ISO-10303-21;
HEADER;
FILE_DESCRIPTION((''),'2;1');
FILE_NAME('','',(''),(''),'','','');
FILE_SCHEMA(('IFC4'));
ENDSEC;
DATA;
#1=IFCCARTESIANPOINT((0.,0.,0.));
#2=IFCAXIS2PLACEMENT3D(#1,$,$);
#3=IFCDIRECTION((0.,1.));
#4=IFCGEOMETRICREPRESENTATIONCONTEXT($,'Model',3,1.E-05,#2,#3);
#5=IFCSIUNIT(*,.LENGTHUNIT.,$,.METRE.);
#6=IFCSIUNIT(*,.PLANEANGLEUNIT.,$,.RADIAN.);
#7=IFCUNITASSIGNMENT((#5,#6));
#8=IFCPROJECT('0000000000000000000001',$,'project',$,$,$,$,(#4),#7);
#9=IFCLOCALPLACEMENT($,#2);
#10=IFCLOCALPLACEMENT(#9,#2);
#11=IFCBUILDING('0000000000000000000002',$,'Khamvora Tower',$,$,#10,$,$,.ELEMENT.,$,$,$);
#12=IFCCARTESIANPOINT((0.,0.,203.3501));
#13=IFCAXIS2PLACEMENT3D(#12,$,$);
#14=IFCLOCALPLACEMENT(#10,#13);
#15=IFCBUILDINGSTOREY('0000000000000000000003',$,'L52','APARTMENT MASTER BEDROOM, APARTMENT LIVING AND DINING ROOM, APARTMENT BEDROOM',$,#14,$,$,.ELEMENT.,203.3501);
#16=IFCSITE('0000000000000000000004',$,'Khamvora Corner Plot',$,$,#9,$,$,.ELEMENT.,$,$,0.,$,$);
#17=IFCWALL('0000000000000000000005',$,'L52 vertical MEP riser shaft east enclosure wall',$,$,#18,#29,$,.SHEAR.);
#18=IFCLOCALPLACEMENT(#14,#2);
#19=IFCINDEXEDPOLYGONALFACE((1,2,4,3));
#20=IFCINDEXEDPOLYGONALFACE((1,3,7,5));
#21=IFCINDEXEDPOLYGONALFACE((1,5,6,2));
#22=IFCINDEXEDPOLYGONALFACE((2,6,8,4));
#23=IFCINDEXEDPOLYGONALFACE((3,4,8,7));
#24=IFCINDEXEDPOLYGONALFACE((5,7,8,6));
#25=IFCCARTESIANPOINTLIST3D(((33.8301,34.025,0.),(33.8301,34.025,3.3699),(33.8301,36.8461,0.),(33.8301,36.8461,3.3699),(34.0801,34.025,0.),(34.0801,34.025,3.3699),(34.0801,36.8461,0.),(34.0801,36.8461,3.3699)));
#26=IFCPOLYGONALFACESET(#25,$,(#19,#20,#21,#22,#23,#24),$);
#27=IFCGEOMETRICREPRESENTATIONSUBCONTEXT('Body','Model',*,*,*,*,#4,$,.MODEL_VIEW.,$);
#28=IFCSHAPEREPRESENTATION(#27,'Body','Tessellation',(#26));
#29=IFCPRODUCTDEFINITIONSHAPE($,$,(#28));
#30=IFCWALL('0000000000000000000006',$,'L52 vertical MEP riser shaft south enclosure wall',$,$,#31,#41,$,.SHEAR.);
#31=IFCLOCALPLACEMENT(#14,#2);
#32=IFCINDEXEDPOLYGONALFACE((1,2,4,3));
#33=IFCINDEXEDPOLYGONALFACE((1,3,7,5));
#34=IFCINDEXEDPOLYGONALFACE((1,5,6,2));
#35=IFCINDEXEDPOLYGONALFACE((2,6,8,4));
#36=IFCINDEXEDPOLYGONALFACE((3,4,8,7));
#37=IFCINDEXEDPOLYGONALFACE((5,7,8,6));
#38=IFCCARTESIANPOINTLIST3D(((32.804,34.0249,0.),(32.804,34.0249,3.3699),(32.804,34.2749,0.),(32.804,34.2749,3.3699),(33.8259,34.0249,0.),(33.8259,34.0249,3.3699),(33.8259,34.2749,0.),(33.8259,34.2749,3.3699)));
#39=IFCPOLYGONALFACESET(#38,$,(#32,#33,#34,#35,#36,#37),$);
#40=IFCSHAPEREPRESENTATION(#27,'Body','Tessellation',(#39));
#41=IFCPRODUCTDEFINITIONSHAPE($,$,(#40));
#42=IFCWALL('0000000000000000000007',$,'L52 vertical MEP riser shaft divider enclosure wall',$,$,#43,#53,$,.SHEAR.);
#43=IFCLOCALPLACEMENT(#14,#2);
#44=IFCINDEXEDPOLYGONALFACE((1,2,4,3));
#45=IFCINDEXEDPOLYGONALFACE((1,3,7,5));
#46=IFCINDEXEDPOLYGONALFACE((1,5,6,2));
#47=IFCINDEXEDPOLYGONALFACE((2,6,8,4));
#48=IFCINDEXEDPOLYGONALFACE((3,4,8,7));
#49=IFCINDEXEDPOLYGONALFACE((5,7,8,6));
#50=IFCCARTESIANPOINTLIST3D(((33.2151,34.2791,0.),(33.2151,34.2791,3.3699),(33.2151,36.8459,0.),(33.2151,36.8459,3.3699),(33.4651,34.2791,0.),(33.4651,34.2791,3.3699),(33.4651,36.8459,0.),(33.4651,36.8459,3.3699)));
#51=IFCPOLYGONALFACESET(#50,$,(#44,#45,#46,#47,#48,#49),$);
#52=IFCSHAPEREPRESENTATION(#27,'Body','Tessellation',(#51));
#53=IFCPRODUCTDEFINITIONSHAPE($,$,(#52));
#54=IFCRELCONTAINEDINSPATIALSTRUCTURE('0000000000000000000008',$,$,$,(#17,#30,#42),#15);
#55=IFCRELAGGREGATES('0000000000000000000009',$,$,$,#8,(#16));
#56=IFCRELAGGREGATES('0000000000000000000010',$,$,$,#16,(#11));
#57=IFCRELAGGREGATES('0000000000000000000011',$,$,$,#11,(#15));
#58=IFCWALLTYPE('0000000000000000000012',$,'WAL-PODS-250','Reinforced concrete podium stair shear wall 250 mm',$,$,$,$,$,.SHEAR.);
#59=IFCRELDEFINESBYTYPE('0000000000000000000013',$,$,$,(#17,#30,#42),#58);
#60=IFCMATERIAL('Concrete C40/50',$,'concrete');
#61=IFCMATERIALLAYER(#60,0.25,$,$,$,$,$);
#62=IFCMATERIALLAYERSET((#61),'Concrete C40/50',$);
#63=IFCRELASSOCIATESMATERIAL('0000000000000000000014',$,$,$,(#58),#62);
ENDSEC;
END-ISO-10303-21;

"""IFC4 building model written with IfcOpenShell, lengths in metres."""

from ifc_helpers import new_model, si_unit, direction, frame, frame_2d, origin, place, context, subcontext, project, spatial, rectangle, extrude, material, layer, layer_set, type_object, element, save


model = new_model("IFC4")

# Units and contexts
model_context = context("Model", 3, precision=1e-05, world=origin(), true_north=direction((0.0, 1.0)))
body_context = subcontext(model_context, "Body", "Model", "MODEL_VIEW")
ifc_project = project(units=[si_unit("LENGTHUNIT", "METRE"), si_unit("PLANEANGLEUNIT", "RADIAN")], contexts=[model_context])

# Site, building, storey
site_placement = place(None, origin())
site = spatial("IfcSite", under=ifc_project, at=site_placement, Name="Khamvora Corner Plot", CompositionType="ELEMENT", RefElevation=0.0)
building_placement = place(site_placement, origin())
building = spatial("IfcBuilding", under=site, at=building_placement, Name="Khamvora Tower", CompositionType="ELEMENT")
storey_placement = place(building_placement, frame((0.0, 0.0, 203.3501)))
storey = spatial("IfcBuildingStorey", under=building, at=storey_placement, Name="L52", Description="APARTMENT MASTER BEDROOM, APARTMENT LIVING AND DINING ROOM, APARTMENT BEDROOM", CompositionType="ELEMENT", Elevation=203.3501)

# Walls
ifc_material_1 = material(Name="Concrete C40/50", Category="concrete")
ifc_layer_1 = layer(ifc_material_1, 0.25)
ifc_layer_set_1 = layer_set([ifc_layer_1], Name="Concrete C40/50")
wall_type_1 = type_object("IfcWallType", Name="WAL-PODS-250", Description="Reinforced concrete podium stair shear wall 250 mm", PredefinedType="SHEAR", material=ifc_layer_set_1)
wall_1_placement = place(storey_placement, frame((33.9551, 34.0249, 0.0), z_axis=(0.0, 0.0, 1.0), x_axis=(0.0, 1.0, 0.0)))
element("IfcWall", 1, at=wall_1_placement, inside=storey, type_object=wall_type_1, Name="L52 vertical MEP riser shaft east enclosure wall", PredefinedType="SHEAR", context=body_context, shape_type="SweptSolid", body=[
    extrude(rectangle(XDim=2.821, YDim=0.25, at=frame_2d((1.4106, 0.0))), origin(), (0.0, 0.0, 1.0), 3.3699),
])
wall_2_placement = place(storey_placement, frame((32.804, 34.1499, 0.0), z_axis=(0.0, 0.0, 1.0), x_axis=(1.0, 0.0, 0.0)))
element("IfcWall", 2, at=wall_2_placement, inside=storey, type_object=wall_type_1, Name="L52 vertical MEP riser shaft south enclosure wall", PredefinedType="SHEAR", context=body_context, shape_type="SweptSolid", body=[
    extrude(rectangle(XDim=1.022, YDim=0.25, at=frame_2d((0.511, 0.0))), origin(), (0.0, 0.0, 1.0), 3.3699),
])
wall_3_placement = place(storey_placement, frame((33.3401, 34.2791, 0.0), z_axis=(0.0, 0.0, 1.0), x_axis=(0.0, 1.0, 0.0)))
element("IfcWall", 3, at=wall_3_placement, inside=storey, type_object=wall_type_1, Name="L52 vertical MEP riser shaft divider enclosure wall", PredefinedType="SHEAR", context=body_context, shape_type="SweptSolid", body=[
    extrude(rectangle(XDim=2.5669, YDim=0.25, at=frame_2d((1.2834, 0.0))), origin(), (0.0, 0.0, 1.0), 3.3699),
])

save(model, "model.ifc")
